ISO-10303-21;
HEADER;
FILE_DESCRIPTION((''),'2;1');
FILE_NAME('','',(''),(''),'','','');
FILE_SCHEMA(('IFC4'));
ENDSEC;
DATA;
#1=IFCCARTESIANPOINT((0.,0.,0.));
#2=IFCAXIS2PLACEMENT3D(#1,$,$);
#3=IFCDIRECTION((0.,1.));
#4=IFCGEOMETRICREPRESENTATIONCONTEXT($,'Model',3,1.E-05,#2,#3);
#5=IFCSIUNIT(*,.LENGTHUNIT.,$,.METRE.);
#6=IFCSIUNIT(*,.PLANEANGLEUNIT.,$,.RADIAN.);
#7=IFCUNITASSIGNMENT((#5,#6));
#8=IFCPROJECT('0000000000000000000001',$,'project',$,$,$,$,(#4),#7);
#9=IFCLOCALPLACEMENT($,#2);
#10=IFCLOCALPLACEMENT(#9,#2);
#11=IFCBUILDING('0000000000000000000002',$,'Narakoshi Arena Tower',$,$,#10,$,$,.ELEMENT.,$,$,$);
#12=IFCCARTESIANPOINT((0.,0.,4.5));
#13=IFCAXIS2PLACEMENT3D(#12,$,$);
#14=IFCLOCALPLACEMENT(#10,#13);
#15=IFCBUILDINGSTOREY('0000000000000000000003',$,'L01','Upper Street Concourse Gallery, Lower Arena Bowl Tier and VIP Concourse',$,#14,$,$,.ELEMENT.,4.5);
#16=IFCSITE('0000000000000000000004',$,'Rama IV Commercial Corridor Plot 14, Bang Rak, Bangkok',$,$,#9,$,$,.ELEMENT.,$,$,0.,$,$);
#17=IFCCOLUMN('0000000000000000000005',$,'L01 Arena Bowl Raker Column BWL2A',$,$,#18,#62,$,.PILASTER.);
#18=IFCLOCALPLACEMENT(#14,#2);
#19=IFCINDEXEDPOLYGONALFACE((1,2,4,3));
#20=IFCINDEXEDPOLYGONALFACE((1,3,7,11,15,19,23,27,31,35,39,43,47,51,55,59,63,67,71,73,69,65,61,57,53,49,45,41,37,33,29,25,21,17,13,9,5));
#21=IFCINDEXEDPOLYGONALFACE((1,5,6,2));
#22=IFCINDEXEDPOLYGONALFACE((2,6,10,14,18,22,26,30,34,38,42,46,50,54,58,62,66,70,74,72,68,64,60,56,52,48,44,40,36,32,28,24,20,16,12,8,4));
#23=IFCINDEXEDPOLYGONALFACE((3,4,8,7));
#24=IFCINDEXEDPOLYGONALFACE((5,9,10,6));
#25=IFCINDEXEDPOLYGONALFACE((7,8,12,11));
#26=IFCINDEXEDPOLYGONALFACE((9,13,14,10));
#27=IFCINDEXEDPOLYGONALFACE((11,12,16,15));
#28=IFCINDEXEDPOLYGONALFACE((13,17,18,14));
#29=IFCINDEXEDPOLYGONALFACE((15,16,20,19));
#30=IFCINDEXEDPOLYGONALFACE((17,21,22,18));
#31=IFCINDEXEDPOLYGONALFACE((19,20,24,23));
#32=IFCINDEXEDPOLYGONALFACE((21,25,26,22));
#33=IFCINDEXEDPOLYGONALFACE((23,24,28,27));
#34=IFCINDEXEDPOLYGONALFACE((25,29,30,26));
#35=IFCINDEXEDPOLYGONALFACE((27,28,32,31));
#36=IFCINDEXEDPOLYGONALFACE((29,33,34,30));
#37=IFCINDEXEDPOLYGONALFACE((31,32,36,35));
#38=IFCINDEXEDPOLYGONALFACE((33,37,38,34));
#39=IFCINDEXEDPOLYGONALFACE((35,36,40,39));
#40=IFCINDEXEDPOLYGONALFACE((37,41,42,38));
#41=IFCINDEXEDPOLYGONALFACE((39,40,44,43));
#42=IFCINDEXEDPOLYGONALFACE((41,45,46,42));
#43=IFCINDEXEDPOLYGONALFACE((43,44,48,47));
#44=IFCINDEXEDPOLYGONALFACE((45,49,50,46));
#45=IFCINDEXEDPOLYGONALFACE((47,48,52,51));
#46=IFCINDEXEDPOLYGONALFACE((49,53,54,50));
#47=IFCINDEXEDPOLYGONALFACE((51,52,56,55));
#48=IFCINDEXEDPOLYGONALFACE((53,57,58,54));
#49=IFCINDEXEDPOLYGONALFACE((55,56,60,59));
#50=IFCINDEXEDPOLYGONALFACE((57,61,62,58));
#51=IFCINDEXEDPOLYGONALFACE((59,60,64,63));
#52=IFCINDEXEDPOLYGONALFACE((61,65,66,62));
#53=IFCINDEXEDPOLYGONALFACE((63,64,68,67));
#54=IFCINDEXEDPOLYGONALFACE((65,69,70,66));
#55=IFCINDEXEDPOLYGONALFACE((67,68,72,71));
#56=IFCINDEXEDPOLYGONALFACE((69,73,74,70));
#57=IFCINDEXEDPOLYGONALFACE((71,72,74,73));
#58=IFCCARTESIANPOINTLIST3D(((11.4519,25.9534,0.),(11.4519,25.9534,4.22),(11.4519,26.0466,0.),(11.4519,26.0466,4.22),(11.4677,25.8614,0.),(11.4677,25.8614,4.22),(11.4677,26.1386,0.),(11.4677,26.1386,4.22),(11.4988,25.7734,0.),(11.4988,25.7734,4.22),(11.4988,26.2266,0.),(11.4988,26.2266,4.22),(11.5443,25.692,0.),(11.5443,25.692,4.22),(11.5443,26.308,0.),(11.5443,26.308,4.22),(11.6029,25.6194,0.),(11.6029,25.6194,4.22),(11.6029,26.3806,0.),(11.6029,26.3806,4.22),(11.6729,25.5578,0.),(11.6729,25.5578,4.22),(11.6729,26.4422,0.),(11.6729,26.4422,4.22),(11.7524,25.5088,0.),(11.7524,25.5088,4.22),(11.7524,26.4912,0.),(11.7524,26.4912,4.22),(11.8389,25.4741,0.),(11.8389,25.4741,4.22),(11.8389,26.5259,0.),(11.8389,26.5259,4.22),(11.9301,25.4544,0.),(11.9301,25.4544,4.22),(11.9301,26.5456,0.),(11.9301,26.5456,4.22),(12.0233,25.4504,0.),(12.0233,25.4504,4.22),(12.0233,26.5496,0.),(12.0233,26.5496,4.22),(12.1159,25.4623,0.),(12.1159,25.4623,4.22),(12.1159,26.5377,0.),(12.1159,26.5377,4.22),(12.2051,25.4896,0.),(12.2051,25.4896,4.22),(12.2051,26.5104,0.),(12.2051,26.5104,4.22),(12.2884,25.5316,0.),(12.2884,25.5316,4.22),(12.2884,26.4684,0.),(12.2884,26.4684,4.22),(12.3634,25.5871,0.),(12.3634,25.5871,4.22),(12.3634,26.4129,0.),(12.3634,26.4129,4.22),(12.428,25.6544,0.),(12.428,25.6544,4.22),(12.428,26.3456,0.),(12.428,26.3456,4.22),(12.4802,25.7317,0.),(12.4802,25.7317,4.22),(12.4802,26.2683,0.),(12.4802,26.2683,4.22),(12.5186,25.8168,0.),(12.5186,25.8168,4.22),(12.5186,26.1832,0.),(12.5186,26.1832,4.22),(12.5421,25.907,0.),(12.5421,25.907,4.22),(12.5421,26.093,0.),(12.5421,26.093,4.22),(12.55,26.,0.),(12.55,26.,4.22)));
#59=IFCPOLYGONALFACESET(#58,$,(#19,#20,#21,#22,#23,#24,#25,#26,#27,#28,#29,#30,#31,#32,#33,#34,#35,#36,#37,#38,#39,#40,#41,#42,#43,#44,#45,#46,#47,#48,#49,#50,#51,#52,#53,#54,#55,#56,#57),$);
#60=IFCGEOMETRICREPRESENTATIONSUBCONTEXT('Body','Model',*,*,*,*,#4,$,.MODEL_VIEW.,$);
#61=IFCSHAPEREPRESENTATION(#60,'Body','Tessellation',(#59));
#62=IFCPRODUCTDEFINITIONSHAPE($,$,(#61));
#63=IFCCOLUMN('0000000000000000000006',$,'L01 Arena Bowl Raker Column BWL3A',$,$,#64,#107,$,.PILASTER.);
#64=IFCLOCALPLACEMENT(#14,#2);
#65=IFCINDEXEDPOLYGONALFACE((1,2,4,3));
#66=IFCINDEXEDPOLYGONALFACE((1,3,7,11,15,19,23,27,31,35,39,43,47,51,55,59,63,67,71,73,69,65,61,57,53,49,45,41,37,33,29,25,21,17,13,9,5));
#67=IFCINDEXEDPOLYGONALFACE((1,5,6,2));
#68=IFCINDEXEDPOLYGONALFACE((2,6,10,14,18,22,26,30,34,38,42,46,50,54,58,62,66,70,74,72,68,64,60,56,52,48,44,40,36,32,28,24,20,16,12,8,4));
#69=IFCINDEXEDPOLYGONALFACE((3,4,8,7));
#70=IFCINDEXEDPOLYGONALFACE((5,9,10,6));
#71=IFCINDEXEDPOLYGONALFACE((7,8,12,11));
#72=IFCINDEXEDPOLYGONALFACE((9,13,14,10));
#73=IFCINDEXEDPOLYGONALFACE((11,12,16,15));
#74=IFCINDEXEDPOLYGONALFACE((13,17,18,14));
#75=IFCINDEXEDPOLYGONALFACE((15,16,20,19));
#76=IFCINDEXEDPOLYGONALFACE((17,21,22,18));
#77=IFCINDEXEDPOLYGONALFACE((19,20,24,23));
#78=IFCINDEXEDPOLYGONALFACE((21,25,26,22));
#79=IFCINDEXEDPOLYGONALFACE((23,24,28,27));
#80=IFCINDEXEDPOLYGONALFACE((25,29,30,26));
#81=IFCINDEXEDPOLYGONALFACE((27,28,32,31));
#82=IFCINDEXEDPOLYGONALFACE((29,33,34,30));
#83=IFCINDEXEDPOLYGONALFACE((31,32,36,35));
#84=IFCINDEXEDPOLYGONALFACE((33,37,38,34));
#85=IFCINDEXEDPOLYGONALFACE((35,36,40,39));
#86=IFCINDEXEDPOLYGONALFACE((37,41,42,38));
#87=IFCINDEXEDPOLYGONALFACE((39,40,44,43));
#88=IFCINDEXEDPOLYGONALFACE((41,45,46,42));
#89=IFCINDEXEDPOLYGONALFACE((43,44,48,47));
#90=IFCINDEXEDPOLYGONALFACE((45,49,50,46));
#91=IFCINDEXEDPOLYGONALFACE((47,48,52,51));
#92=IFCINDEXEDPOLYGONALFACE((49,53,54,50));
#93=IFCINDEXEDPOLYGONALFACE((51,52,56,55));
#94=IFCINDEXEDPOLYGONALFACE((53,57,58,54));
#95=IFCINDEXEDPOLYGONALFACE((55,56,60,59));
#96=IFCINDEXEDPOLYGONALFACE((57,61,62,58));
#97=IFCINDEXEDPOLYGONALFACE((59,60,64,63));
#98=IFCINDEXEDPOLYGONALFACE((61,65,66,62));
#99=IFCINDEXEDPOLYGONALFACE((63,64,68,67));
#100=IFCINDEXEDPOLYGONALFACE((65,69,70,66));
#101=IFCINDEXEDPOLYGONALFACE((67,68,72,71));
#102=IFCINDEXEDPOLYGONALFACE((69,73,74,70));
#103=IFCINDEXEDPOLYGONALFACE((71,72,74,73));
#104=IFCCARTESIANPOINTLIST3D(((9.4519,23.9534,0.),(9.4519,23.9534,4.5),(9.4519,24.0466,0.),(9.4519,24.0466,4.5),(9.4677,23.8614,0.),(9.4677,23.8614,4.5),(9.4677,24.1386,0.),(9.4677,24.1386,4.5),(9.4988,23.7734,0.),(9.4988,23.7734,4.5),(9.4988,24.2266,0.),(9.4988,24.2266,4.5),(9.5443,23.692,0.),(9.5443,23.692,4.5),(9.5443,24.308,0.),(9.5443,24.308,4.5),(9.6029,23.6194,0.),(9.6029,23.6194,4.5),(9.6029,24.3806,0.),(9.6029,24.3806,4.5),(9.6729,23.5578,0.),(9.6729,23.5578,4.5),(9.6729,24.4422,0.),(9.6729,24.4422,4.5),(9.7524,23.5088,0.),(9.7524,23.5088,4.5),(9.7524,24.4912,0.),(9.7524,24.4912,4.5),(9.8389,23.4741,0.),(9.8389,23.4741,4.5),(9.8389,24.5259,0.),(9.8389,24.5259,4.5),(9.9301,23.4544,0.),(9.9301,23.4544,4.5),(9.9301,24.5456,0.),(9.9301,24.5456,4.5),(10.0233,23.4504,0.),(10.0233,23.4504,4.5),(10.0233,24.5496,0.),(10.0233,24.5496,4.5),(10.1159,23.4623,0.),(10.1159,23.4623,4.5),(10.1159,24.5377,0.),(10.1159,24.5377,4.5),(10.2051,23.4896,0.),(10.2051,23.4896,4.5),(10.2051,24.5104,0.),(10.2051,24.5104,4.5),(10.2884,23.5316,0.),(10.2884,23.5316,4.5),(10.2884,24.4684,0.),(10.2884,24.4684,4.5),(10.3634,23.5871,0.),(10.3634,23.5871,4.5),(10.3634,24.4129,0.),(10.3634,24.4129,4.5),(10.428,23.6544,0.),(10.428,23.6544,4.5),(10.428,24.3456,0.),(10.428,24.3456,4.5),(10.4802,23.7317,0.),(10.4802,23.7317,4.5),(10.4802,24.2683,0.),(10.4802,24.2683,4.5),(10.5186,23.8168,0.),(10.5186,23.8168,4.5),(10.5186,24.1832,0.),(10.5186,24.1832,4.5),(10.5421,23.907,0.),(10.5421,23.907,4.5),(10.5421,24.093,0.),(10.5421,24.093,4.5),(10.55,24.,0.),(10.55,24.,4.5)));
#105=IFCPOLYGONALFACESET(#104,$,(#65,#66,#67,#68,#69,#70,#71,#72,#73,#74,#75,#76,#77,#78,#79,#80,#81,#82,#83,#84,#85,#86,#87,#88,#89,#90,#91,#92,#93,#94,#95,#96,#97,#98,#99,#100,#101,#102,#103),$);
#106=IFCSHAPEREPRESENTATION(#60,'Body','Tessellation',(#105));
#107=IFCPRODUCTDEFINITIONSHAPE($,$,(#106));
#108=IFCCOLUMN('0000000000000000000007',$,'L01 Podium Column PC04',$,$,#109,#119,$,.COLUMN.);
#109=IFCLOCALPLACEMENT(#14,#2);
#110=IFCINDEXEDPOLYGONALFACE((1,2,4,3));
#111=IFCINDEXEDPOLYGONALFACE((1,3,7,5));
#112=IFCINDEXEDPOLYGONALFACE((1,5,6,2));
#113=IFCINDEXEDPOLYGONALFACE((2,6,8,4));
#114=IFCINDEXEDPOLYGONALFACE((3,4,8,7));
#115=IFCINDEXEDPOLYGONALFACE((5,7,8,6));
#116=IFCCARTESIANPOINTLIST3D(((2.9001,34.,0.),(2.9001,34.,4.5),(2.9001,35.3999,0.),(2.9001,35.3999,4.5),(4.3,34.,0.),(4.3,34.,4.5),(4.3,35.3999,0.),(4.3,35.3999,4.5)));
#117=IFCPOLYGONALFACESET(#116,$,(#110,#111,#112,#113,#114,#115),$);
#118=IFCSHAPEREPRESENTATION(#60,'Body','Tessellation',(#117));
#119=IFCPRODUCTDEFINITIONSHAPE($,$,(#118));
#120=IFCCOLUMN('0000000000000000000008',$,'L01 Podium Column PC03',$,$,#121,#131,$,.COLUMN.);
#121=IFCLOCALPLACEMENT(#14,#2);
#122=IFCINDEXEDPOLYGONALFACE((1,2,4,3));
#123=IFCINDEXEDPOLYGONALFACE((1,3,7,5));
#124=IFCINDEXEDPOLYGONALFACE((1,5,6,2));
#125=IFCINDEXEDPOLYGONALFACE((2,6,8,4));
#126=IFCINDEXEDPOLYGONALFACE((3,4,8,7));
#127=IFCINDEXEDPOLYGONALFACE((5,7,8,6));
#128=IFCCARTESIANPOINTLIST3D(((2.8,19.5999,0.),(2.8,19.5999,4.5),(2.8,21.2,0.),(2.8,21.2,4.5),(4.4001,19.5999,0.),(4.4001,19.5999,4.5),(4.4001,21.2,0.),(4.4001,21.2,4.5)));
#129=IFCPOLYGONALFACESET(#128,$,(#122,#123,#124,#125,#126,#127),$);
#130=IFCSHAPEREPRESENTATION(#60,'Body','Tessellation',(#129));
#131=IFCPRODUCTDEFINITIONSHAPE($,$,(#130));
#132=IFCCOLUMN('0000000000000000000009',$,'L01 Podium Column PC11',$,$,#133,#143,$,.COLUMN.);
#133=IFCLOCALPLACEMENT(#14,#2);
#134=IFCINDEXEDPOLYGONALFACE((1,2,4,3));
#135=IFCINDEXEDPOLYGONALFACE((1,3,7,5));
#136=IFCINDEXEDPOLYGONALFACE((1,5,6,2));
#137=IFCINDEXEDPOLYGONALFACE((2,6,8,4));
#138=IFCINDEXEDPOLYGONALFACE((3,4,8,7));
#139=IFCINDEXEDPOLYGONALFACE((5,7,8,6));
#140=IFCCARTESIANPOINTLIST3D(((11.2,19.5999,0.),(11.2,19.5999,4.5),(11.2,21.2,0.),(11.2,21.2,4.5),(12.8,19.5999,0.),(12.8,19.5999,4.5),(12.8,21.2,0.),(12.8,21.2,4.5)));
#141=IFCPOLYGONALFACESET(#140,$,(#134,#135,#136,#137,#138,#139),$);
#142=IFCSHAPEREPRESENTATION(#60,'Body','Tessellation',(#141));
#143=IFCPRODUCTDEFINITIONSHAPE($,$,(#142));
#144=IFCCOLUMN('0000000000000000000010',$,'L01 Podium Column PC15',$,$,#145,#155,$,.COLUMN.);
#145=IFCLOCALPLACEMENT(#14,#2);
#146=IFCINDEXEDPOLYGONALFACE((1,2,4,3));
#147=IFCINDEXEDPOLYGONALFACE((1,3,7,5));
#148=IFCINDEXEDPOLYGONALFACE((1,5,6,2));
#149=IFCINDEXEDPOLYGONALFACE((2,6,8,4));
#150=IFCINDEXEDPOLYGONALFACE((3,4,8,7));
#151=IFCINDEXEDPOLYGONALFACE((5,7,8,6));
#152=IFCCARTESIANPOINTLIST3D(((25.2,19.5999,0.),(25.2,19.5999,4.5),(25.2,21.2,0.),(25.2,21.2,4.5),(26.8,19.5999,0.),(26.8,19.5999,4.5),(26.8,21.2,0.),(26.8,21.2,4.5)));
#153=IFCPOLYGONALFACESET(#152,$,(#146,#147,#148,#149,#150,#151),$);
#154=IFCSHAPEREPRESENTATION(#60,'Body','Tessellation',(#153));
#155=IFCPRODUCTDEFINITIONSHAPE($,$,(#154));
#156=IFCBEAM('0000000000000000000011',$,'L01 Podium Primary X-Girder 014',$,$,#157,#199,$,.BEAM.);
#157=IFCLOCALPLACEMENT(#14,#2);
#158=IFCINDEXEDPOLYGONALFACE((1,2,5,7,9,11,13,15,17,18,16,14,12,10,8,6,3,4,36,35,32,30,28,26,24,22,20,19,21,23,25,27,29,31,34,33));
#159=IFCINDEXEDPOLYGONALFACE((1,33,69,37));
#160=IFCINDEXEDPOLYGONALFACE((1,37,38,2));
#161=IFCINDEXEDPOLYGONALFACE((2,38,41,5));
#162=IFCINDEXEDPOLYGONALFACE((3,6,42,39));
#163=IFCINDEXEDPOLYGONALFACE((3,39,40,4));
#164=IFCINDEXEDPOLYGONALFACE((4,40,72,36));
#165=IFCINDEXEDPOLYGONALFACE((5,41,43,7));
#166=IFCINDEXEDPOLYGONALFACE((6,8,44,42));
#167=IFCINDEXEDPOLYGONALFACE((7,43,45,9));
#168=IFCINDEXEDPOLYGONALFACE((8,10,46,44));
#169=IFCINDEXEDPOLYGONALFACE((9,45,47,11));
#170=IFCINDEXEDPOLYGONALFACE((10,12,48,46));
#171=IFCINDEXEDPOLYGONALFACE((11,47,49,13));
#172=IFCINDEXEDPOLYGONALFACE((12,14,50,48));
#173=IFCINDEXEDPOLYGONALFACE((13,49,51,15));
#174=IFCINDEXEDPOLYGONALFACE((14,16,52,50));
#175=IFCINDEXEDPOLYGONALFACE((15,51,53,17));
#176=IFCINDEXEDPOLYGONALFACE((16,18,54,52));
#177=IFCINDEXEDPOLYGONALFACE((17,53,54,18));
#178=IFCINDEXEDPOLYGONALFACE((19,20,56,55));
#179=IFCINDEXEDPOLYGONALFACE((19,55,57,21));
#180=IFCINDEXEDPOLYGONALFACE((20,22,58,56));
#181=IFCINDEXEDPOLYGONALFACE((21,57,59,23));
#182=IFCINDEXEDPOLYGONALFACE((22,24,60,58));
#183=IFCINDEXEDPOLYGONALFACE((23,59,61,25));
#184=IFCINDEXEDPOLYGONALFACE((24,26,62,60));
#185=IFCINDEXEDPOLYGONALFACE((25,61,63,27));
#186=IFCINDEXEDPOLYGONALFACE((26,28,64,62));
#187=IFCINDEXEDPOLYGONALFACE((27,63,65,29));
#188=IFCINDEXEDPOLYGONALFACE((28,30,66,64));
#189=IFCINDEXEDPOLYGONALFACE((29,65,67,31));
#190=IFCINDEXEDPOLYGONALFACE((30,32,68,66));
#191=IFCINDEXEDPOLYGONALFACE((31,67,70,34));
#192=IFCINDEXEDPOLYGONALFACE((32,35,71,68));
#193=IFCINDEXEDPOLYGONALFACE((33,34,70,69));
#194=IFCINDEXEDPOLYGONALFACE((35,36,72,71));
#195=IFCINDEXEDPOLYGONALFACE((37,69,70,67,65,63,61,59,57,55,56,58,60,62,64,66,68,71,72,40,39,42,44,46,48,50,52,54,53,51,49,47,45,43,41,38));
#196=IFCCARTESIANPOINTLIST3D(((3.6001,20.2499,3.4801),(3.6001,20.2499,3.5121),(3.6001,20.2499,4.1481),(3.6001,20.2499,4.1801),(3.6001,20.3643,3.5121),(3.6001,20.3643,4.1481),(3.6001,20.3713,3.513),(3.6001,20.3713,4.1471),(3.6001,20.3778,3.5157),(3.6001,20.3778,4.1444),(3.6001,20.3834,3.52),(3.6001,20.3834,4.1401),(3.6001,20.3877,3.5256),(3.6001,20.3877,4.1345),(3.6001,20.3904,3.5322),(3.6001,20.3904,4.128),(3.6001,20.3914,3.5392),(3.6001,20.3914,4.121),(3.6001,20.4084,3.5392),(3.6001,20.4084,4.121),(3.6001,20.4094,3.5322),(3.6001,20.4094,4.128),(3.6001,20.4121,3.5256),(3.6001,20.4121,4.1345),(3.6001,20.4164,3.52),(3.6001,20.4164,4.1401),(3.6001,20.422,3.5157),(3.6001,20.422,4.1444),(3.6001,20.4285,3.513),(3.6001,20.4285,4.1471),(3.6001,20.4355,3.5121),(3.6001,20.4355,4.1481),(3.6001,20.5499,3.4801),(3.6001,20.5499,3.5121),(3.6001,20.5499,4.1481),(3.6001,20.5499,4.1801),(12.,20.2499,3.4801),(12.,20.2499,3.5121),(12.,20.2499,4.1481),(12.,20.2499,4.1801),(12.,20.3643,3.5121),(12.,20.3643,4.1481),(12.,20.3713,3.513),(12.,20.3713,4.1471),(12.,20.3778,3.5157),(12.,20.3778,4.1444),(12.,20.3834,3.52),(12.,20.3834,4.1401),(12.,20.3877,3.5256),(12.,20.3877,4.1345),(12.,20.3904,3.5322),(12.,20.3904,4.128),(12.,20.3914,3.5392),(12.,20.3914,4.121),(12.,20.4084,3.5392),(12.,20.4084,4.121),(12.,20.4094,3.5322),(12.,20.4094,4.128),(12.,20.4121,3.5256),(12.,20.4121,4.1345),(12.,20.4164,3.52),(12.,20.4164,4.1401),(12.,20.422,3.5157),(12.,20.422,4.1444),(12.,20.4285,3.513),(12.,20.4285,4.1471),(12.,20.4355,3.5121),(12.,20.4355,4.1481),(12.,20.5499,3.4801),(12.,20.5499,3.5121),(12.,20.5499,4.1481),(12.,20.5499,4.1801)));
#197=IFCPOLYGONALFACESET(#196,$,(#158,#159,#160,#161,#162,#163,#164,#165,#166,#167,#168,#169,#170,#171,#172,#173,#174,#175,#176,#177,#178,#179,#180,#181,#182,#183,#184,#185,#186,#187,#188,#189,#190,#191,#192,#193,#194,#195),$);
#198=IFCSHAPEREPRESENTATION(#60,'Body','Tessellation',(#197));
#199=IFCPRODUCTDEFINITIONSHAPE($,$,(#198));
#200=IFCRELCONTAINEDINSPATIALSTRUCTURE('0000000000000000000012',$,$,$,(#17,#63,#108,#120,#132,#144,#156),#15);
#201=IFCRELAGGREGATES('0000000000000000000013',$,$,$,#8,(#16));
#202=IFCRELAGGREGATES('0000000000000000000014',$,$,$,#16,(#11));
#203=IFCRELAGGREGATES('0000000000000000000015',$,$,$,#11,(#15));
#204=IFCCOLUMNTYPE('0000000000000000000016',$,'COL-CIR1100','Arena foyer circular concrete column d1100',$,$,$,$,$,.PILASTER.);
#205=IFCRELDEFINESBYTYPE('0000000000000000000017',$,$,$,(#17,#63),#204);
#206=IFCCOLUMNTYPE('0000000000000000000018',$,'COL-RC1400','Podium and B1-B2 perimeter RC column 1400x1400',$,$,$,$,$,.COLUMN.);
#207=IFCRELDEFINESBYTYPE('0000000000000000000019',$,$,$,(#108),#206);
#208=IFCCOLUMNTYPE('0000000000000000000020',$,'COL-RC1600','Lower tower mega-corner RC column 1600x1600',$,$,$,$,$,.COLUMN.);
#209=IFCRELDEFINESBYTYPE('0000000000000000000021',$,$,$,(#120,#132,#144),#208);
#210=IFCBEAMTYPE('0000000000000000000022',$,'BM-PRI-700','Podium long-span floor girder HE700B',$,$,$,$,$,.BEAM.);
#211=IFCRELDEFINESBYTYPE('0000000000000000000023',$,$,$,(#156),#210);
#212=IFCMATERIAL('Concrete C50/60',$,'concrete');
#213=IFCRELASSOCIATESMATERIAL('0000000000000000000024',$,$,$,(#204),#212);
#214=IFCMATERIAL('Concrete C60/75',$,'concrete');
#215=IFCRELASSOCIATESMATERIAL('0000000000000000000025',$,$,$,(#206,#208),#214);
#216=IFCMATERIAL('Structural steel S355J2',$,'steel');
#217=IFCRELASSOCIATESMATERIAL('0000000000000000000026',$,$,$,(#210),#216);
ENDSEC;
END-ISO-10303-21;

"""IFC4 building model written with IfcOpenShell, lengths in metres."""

from ifc_helpers import new_model, si_unit, direction, frame, origin, origin_2d, place, context, subcontext, project, spatial, rectangle, circle, i_section, extrude, material, material_profile, profile_set, type_object, element, save


model = new_model("IFC4")

# Units and contexts
model_context = context("Model", 3, precision=1e-05, world=origin(), true_north=direction((0.0, 1.0)))
body_context = subcontext(model_context, "Body", "Model", "MODEL_VIEW")
ifc_project = project(units=[si_unit("LENGTHUNIT", "METRE"), si_unit("PLANEANGLEUNIT", "RADIAN")], contexts=[model_context])

# Site, building, storey
site_placement = place(None, origin())
site = spatial("IfcSite", under=ifc_project, at=site_placement, Name="Rama IV Commercial Corridor Plot 14, Bang Rak, Bangkok", CompositionType="ELEMENT", RefElevation=0.0)
building_placement = place(site_placement, origin())
building = spatial("IfcBuilding", under=site, at=building_placement, Name="Narakoshi Arena Tower", CompositionType="ELEMENT")
storey_placement = place(building_placement, frame((0.0, 0.0, 4.5)))
storey = spatial("IfcBuildingStorey", under=building, at=storey_placement, Name="L01", Description="Upper Street Concourse Gallery, Lower Arena Bowl Tier and VIP Concourse", CompositionType="ELEMENT", Elevation=4.5)

# Columns
ifc_material_1 = material(Name="Concrete C50/60", Category="concrete")
ifc_material_profile_1 = material_profile(ifc_material_1, circle(Radius=0.55, at=origin_2d()), Name="RCC1100")
ifc_profile_set_1 = profile_set([ifc_material_profile_1], Name="Concrete C50/60")
column_type_1 = type_object("IfcColumnType", Name="COL-CIR1100", Description="Arena foyer circular concrete column d1100", PredefinedType="PILASTER", material=ifc_profile_set_1)
column_1_placement = place(storey_placement, frame((12.0, 26.0, 0.0), z_axis=(0.0, 0.0, 1.0), x_axis=(1.0, 0.0, 0.0)))
element("IfcColumn", 1, at=column_1_placement, inside=storey, type_object=column_type_1, Name="L01 Arena Bowl Raker Column BWL2A", PredefinedType="PILASTER", context=body_context, shape_type="SweptSolid", body=[
    extrude(circle(Radius=0.55, at=origin_2d()), origin(), (0.0, 0.0, 1.0), 4.22),
])
column_2_placement = place(storey_placement, frame((10.0, 24.0, 0.0), z_axis=(0.0, 0.0, 1.0), x_axis=(1.0, 0.0, 0.0)))
element("IfcColumn", 2, at=column_2_placement, inside=storey, type_object=column_type_1, Name="L01 Arena Bowl Raker Column BWL3A", PredefinedType="PILASTER", context=body_context, shape_type="SweptSolid", body=[
    extrude(circle(Radius=0.55, at=origin_2d()), origin(), (0.0, 0.0, 1.0), 4.5),
])
ifc_material_2 = material(Name="Concrete C60/75", Category="concrete")
ifc_material_profile_2 = material_profile(ifc_material_2, rectangle(XDim=1.3999, YDim=1.3999, at=origin_2d()), Name="RC1400x1400")
ifc_profile_set_2 = profile_set([ifc_material_profile_2], Name="Concrete C60/75")
column_type_2 = type_object("IfcColumnType", Name="COL-RC1400", Description="Podium and B1-B2 perimeter RC column 1400x1400", PredefinedType="COLUMN", material=ifc_profile_set_2)
column_3_placement = place(storey_placement, frame((3.6001, 34.7, 0.0), z_axis=(0.0, 0.0, 1.0), x_axis=(1.0, 0.0, 0.0)))
element("IfcColumn", 3, at=column_3_placement, inside=storey, type_object=column_type_2, Name="L01 Podium Column PC04", PredefinedType="COLUMN", context=body_context, shape_type="SweptSolid", body=[
    extrude(rectangle(XDim=1.3999, YDim=1.3999, at=origin_2d()), origin(), (0.0, 0.0, 1.0), 4.5),
])
ifc_material_profile_3 = material_profile(ifc_material_2, rectangle(XDim=1.6001, YDim=1.6001, at=origin_2d()), Name="RC1600x1600")
ifc_profile_set_3 = profile_set([ifc_material_profile_3], Name="Concrete C60/75")
column_type_3 = type_object("IfcColumnType", Name="COL-RC1600", Description="Lower tower mega-corner RC column 1600x1600", PredefinedType="COLUMN", material=ifc_profile_set_3)
for number, where, z_axis, x_axis, name in (
    (4, (3.6001, 20.3999, 0.0), (0.0, 0.0, 1.0), (1.0, 0.0, 0.0), "L01 Podium Column PC03"),
    (5, (12.0, 20.3999, 0.0), (0.0, 0.0, 1.0), (1.0, 0.0, 0.0), "L01 Podium Column PC11"),
    (6, (26.0, 20.3999, 0.0), (0.0, 0.0, 1.0), (1.0, 0.0, 0.0), "L01 Podium Column PC15"),
):
    element("IfcColumn", number, at=place(storey_placement, frame(where, z_axis=z_axis, x_axis=x_axis)), inside=storey, type_object=column_type_3, Name=name, PredefinedType="COLUMN", context=body_context, shape_type="SweptSolid", body=[
        extrude(rectangle(XDim=1.6001, YDim=1.6001, at=origin_2d()), origin(), (0.0, 0.0, 1.0), 4.5),
    ])

# Beam
ifc_material_3 = material(Name="Structural steel S355J2", Category="steel")
ifc_material_profile_4 = material_profile(ifc_material_3, i_section(OverallWidth=0.3, OverallDepth=0.7, WebThickness=0.0171, FlangeThickness=0.032, FilletRadius=0.0271, at=origin_2d()), Name="HE700B")
ifc_profile_set_4 = profile_set([ifc_material_profile_4], Name="Structural steel S355J2")
beam_type_1 = type_object("IfcBeamType", Name="BM-PRI-700", Description="Podium long-span floor girder HE700B", PredefinedType="BEAM", material=ifc_profile_set_4)
beam_1_placement = place(storey_placement, frame((3.6001, 20.3999, 3.8301), z_axis=(1.0, 0.0, 0.0), x_axis=(0.0, 1.0, 0.0)))
element("IfcBeam", 7, at=beam_1_placement, inside=storey, type_object=beam_type_1, Name="L01 Podium Primary X-Girder 014", PredefinedType="BEAM", context=body_context, shape_type="SweptSolid", body=[
    extrude(i_section(OverallWidth=0.3, OverallDepth=0.7, WebThickness=0.0171, FlangeThickness=0.032, FilletRadius=0.0271, at=origin_2d()), origin(), (0.0, 0.0, 1.0), 8.3999),
])

save(model, "model.ifc")
